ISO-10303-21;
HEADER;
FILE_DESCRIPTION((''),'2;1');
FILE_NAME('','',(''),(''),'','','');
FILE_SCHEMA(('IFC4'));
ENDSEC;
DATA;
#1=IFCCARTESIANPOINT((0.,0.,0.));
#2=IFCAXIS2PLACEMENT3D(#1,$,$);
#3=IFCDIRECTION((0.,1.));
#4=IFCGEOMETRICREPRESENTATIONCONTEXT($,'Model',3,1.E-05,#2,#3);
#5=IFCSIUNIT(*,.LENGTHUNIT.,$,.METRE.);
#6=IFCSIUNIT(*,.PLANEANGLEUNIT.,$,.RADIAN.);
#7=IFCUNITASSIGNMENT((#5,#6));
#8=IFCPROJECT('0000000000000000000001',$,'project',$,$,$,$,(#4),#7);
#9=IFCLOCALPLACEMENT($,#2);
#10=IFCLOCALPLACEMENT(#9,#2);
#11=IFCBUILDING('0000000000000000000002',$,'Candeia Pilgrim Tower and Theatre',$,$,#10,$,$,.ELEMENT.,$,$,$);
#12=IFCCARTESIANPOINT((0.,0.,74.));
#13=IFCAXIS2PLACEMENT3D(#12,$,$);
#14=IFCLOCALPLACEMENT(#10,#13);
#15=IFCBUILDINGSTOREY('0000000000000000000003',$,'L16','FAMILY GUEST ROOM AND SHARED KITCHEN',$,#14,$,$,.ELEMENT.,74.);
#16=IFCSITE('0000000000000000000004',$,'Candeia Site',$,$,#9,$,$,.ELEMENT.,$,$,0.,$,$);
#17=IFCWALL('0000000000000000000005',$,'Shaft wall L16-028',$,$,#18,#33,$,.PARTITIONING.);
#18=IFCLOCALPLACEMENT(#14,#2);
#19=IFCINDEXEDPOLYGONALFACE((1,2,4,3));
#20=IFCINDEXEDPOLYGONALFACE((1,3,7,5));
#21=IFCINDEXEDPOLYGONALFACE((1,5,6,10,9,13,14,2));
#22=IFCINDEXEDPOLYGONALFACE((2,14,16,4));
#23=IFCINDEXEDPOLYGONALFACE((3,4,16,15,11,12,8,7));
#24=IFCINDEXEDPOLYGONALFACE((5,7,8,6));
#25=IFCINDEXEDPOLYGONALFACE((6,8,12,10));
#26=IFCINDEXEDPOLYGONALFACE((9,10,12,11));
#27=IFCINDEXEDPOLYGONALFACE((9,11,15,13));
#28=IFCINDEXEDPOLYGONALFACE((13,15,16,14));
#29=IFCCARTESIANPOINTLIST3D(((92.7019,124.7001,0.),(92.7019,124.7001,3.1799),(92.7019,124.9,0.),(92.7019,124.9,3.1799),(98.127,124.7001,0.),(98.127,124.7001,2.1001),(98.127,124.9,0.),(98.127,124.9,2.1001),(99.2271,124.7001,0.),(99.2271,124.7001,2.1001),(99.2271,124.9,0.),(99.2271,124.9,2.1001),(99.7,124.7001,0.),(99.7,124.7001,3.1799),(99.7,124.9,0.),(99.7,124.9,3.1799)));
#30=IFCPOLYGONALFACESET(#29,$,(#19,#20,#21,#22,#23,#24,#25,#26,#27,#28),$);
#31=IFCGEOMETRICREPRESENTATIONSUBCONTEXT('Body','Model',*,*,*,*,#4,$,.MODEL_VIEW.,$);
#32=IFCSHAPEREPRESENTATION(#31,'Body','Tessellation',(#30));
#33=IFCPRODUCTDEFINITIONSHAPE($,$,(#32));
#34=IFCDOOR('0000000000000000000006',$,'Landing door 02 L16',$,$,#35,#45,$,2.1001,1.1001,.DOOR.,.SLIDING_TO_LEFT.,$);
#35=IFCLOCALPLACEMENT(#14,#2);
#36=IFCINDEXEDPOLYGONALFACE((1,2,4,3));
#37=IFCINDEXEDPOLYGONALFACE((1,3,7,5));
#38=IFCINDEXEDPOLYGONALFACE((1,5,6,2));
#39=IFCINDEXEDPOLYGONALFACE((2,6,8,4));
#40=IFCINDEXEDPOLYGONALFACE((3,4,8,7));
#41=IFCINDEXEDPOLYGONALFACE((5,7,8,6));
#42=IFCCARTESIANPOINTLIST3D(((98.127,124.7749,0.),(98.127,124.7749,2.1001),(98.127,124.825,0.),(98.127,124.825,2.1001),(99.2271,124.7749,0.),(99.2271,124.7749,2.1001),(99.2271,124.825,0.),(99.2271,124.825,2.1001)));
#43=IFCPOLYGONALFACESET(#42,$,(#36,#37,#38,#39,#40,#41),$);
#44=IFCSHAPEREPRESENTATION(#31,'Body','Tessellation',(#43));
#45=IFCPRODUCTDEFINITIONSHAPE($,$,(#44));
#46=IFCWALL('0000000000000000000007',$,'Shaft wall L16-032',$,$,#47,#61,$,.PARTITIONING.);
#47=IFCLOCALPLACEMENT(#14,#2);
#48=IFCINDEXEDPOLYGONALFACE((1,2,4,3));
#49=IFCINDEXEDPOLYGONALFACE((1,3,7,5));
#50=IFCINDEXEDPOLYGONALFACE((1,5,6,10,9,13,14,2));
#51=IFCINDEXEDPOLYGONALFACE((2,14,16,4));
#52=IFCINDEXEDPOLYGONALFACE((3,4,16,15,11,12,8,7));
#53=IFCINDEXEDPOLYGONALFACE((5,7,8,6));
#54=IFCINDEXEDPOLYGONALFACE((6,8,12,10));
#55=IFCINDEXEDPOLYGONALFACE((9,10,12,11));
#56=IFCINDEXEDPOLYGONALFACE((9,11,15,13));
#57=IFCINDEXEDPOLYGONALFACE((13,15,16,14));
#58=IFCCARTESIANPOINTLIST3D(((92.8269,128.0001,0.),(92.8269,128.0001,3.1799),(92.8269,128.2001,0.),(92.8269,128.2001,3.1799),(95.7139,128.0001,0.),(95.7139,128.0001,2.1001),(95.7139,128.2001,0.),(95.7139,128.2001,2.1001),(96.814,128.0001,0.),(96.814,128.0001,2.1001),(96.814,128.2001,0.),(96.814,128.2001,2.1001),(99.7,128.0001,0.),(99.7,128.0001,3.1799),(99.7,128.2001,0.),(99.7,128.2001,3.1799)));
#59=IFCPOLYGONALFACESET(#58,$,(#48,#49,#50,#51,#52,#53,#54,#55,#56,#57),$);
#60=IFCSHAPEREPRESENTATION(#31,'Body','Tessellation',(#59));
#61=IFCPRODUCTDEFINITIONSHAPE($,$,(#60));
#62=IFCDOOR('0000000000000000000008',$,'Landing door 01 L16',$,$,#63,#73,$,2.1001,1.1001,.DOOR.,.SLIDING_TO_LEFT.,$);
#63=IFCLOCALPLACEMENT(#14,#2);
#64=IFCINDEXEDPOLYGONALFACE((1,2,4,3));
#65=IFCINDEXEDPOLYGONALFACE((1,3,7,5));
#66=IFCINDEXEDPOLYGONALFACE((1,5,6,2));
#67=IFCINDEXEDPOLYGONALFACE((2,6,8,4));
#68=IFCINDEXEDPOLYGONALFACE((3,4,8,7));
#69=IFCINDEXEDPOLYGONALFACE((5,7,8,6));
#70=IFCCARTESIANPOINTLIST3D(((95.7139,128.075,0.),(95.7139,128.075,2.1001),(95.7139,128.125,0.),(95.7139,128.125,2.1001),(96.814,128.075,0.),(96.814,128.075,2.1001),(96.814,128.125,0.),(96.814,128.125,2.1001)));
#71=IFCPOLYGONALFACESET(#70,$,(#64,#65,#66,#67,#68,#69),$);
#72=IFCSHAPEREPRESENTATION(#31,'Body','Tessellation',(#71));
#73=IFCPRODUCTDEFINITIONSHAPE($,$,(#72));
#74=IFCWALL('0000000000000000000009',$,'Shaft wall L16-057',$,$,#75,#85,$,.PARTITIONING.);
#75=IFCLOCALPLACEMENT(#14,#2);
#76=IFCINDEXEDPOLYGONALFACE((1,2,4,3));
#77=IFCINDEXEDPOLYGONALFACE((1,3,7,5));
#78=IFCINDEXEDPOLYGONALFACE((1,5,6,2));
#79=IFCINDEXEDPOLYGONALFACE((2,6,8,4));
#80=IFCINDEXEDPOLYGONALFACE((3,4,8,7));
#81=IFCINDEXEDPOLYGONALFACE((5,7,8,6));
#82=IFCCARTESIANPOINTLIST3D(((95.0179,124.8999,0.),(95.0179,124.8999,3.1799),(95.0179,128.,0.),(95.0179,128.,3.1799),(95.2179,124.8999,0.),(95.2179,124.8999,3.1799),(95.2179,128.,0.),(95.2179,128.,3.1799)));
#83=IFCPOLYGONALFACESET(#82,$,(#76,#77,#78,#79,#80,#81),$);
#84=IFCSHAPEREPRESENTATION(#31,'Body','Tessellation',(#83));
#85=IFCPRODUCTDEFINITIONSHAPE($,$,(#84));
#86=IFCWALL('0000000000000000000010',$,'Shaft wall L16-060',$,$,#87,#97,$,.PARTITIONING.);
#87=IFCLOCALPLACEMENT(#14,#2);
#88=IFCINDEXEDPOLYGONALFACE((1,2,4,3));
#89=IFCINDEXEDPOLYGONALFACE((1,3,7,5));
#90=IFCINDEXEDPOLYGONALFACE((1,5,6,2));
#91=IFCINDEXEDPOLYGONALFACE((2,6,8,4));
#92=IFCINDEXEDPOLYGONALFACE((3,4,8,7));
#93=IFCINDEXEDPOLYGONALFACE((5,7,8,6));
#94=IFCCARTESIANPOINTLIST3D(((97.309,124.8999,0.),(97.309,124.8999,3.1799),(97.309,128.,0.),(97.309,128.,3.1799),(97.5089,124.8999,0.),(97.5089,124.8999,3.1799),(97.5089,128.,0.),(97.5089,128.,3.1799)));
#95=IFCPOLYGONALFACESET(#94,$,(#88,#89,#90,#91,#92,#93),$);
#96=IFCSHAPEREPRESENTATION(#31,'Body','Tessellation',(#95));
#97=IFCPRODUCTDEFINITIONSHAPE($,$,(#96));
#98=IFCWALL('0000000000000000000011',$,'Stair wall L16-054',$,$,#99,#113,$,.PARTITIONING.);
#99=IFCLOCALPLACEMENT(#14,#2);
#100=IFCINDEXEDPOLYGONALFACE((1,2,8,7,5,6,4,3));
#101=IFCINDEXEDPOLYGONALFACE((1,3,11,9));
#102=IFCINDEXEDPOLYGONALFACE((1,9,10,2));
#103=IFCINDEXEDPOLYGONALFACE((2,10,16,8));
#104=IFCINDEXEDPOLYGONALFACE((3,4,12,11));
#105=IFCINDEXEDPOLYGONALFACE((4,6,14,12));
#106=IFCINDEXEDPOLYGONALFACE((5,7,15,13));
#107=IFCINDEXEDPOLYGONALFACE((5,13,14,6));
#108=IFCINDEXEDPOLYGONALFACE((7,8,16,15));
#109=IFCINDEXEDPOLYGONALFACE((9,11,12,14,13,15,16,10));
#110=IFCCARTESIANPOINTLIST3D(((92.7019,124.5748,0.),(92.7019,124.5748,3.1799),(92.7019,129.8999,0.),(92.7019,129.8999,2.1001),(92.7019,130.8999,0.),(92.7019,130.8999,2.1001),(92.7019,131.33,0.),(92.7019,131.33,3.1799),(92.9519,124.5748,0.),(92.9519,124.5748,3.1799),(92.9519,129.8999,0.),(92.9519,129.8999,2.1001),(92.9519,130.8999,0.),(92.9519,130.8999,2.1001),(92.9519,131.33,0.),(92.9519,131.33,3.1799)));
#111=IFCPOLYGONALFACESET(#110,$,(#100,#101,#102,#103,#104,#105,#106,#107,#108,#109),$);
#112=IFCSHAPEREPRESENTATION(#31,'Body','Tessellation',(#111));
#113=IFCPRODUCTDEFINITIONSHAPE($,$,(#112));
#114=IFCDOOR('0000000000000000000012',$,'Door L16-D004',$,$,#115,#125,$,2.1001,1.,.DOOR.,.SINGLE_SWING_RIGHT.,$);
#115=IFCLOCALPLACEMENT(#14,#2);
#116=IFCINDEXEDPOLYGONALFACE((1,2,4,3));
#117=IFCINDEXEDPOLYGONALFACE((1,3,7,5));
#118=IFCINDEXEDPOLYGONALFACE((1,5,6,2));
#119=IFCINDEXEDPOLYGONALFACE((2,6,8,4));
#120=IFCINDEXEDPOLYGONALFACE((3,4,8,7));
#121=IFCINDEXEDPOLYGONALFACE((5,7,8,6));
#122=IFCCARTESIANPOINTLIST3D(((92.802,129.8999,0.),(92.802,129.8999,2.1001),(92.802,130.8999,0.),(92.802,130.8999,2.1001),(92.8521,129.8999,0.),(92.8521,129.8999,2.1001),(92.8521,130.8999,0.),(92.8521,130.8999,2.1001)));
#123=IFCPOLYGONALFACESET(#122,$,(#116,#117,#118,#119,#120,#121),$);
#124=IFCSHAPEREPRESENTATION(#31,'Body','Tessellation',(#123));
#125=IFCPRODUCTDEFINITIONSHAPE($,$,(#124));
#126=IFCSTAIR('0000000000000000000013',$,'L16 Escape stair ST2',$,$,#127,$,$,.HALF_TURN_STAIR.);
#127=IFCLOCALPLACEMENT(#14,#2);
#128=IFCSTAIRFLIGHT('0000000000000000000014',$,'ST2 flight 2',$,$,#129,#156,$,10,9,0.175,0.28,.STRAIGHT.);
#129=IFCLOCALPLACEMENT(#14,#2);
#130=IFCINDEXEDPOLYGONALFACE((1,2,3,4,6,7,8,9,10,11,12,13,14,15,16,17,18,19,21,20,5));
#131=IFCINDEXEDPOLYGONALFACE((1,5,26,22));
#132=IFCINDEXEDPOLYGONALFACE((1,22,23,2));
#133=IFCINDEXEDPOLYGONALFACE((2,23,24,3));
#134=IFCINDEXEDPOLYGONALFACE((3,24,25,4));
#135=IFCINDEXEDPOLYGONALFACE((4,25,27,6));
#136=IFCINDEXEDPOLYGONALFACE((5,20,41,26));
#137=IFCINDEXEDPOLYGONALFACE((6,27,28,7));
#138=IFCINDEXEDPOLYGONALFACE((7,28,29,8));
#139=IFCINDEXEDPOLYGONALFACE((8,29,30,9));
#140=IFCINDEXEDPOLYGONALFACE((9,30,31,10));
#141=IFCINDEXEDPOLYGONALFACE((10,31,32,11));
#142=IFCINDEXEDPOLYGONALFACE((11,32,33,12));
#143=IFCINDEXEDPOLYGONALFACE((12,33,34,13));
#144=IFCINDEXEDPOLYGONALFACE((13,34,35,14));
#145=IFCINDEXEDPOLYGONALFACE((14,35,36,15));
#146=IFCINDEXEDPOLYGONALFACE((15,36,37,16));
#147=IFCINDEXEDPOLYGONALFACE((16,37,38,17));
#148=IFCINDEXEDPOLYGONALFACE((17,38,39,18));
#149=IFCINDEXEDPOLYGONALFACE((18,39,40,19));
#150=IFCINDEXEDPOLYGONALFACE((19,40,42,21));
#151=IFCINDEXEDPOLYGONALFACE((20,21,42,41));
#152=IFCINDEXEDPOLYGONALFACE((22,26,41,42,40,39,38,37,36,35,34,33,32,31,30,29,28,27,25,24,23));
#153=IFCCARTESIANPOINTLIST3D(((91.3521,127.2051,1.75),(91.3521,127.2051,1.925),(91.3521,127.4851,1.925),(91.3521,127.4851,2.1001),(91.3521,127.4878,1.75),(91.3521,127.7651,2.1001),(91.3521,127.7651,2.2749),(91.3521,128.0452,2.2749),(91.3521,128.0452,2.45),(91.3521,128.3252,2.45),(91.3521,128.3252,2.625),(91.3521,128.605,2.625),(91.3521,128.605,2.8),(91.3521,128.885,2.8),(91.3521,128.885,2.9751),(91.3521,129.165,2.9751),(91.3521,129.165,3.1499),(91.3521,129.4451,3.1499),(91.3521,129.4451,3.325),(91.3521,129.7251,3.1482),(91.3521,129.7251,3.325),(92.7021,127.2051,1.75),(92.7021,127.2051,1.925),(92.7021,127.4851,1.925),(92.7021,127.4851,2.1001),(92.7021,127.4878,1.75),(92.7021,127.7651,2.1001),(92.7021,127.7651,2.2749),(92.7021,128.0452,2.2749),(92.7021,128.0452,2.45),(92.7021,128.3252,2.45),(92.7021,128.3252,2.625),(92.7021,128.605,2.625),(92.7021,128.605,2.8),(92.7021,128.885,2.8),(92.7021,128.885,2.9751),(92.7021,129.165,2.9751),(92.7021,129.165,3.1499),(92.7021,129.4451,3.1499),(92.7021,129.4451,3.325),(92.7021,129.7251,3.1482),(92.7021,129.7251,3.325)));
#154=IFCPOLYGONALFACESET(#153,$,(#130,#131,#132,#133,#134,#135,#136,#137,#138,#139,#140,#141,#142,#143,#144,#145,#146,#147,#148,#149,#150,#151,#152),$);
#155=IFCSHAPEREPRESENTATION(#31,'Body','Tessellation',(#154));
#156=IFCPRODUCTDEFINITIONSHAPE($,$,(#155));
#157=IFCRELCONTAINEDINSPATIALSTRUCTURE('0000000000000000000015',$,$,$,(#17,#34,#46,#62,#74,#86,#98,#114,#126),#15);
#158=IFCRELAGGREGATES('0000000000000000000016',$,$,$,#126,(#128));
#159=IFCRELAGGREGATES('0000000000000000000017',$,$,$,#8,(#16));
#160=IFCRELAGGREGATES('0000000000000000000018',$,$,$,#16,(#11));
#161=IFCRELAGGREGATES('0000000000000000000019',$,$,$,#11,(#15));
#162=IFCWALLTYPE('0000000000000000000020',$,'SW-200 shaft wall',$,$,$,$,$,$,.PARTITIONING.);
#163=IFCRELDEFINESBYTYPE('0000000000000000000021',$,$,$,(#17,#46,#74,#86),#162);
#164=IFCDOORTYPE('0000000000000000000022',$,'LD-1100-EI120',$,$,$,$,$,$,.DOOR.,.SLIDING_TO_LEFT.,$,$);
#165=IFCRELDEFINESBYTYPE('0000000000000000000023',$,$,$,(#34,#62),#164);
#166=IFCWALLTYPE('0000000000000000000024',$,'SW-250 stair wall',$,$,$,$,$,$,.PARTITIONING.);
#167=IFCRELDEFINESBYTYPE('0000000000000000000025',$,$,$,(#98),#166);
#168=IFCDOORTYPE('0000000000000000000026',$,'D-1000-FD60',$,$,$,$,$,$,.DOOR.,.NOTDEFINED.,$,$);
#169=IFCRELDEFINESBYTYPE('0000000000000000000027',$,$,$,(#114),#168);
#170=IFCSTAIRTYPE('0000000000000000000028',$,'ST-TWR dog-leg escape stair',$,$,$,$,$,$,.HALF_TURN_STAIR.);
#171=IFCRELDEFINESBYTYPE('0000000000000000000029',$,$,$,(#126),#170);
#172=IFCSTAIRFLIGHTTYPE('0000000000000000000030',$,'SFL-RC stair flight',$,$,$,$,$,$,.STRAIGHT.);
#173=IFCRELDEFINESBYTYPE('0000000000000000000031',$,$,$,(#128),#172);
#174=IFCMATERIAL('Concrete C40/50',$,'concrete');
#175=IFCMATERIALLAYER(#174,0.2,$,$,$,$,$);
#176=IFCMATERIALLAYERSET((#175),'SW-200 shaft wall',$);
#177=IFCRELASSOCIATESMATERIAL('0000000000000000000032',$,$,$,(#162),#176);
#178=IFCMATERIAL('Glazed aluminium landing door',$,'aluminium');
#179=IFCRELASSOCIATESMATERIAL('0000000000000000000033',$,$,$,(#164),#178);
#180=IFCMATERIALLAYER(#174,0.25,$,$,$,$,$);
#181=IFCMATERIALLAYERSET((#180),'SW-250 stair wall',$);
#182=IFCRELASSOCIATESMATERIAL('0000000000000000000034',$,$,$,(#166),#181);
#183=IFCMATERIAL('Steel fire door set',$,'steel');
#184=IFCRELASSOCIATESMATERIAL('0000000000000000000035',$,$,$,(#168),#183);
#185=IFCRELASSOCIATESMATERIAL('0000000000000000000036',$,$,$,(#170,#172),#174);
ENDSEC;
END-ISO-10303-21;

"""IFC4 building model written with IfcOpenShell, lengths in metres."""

from ifc_helpers import new_model, si_unit, direction, frame, frame_2d, origin, place, context, subcontext, project, spatial, polyline, rectangle, outline, extrude, material, layer, layer_set, type_object, element, fill, aggregate, save


model = new_model("IFC4")

# Units and contexts
model_context = context("Model", 3, precision=1e-05, world=origin(), true_north=direction((0.0, 1.0)))
body_context = subcontext(model_context, "Body", "Model", "MODEL_VIEW")
ifc_project = project(units=[si_unit("LENGTHUNIT", "METRE"), si_unit("PLANEANGLEUNIT", "RADIAN")], contexts=[model_context])

# Site, building, storey
site_placement = place(None, origin())
site = spatial("IfcSite", under=ifc_project, at=site_placement, Name="Candeia Site", CompositionType="ELEMENT", RefElevation=0.0)
building_placement = place(site_placement, origin())
building = spatial("IfcBuilding", under=site, at=building_placement, Name="Candeia Pilgrim Tower and Theatre", CompositionType="ELEMENT")
storey_placement = place(building_placement, frame((0.0, 0.0, 74.0)))
storey = spatial("IfcBuildingStorey", under=building, at=storey_placement, Name="L16", Description="FAMILY GUEST ROOM AND SHARED KITCHEN", CompositionType="ELEMENT", Elevation=74.0)

# Shared definitions
ifc_material_1 = material(Name="Steel fire door set", Category="steel")

# Shared definitions
ifc_material_2 = material(Name="Concrete C40/50", Category="concrete")
ifc_layer_1 = layer(ifc_material_2, 0.2)
ifc_layer_set_1 = layer_set([ifc_layer_1], Name="SW-200 shaft wall")
wall_type_1 = type_object("IfcWallType", Name="SW-200 shaft wall", PredefinedType="PARTITIONING", material=ifc_layer_set_1)

# Walls, openings, doors
wall_1_placement = place(storey_placement, frame((92.7019, 124.8, 0.0), z_axis=(0.0, 0.0, 1.0), x_axis=(1.0, 0.0, 0.0)))
wall_1 = element("IfcWall", 1, at=wall_1_placement, inside=storey, type_object=wall_type_1, Name="Shaft wall L16-028", PredefinedType="PARTITIONING", context=body_context, shape_type="SweptSolid", body=[
    extrude(rectangle(XDim=6.998, YDim=0.2, at=frame_2d((3.499, 0.0))), origin(), (0.0, 0.0, 1.0), 3.1799),
])
opening_1_placement = place(wall_1_placement, frame((5.425, 0.0, 0.0)))
opening_1 = element("IfcOpeningElement", 2, at=opening_1_placement, cuts=wall_1, PredefinedType="OPENING", context=body_context, shape_type="SweptSolid", body=[
    extrude(rectangle(XDim=1.1001, YDim=2.1001, at=frame_2d((0.55, 1.05))), frame((0.0, 0.1099, 0.0), z_axis=(0.0, -1.0, 0.0), x_axis=(1.0, 0.0, 0.0)), (0.0, 0.0, 1.0), 0.22),
])
ifc_material_3 = material(Name="Glazed aluminium landing door", Category="aluminium")
door_type_1 = type_object("IfcDoorType", Name="LD-1100-EI120", OperationType="SLIDING_TO_LEFT", PredefinedType="DOOR", material=ifc_material_3)
door_1_placement = place(opening_1_placement, origin())
door_1 = element("IfcDoor", 3, at=door_1_placement, inside=storey, type_object=door_type_1, Name="Landing door 02 L16", OperationType="SLIDING_TO_LEFT", OverallHeight=2.1001, OverallWidth=1.1001, PredefinedType="DOOR", context=body_context, shape_type="SweptSolid", body=[
    extrude(rectangle(XDim=1.1001, YDim=2.1001, at=frame_2d((0.55, 1.05))), frame((0.0, 0.0249, 0.0), z_axis=(0.0, -1.0, 0.0), x_axis=(1.0, 0.0, 0.0)), (0.0, 0.0, 1.0), 0.05),
])
fill(opening_1, door_1)
wall_2_placement = place(storey_placement, frame((92.8269, 128.1001, 0.0), z_axis=(0.0, 0.0, 1.0), x_axis=(1.0, 0.0, 0.0)))
wall_2 = element("IfcWall", 4, at=wall_2_placement, inside=storey, type_object=wall_type_1, Name="Shaft wall L16-032", PredefinedType="PARTITIONING", context=body_context, shape_type="SweptSolid", body=[
    extrude(rectangle(XDim=6.873, YDim=0.2, at=frame_2d((3.4365, 0.0))), origin(), (0.0, 0.0, 1.0), 3.1799),
])
opening_2_placement = place(wall_2_placement, frame((2.887, 0.0, 0.0)))
opening_2 = element("IfcOpeningElement", 5, at=opening_2_placement, cuts=wall_2, PredefinedType="OPENING", context=body_context, shape_type="SweptSolid", body=[
    extrude(rectangle(XDim=1.1001, YDim=2.1001, at=frame_2d((0.55, 1.05))), frame((0.0, 0.1099, 0.0), z_axis=(0.0, -1.0, 0.0), x_axis=(1.0, 0.0, 0.0)), (0.0, 0.0, 1.0), 0.22),
])
door_2_placement = place(opening_2_placement, origin())
door_2 = element("IfcDoor", 6, at=door_2_placement, inside=storey, type_object=door_type_1, Name="Landing door 01 L16", OperationType="SLIDING_TO_LEFT", OverallHeight=2.1001, OverallWidth=1.1001, PredefinedType="DOOR", context=body_context, shape_type="SweptSolid", body=[
    extrude(rectangle(XDim=1.1001, YDim=2.1001, at=frame_2d((0.55, 1.05))), frame((0.0, 0.0249, 0.0), z_axis=(0.0, -1.0, 0.0), x_axis=(1.0, 0.0, 0.0)), (0.0, 0.0, 1.0), 0.05),
])
fill(opening_2, door_2)

# Walls
for number, where, z_axis, x_axis, name in (
    (7, (95.1179, 124.8999, 0.0), (0.0, 0.0, 1.0), (0.0, 1.0, 0.0), "Shaft wall L16-057"),
    (8, (97.4089, 124.8999, 0.0), (0.0, 0.0, 1.0), (0.0, 1.0, 0.0), "Shaft wall L16-060"),
):
    element("IfcWall", number, at=place(storey_placement, frame(where, z_axis=z_axis, x_axis=x_axis)), inside=storey, type_object=wall_type_1, Name=name, PredefinedType="PARTITIONING", context=body_context, shape_type="SweptSolid", body=[
        extrude(rectangle(XDim=3.1001, YDim=0.2, at=frame_2d((1.55, 0.0))), origin(), (0.0, 0.0, 1.0), 3.1799),
    ])

# Wall, opening, door
ifc_layer_2 = layer(ifc_material_2, 0.25)
ifc_layer_set_2 = layer_set([ifc_layer_2], Name="SW-250 stair wall")
wall_type_2 = type_object("IfcWallType", Name="SW-250 stair wall", PredefinedType="PARTITIONING", material=ifc_layer_set_2)
wall_3_placement = place(storey_placement, frame((92.8269, 124.575, 0.0), z_axis=(0.0, 0.0, 1.0), x_axis=(0.0, 1.0, 0.0)))
wall_3 = element("IfcWall", 9, at=wall_3_placement, inside=storey, type_object=wall_type_2, Name="Stair wall L16-054", PredefinedType="PARTITIONING", context=body_context, shape_type="SweptSolid", body=[
    extrude(rectangle(XDim=6.7551, YDim=0.25, at=frame_2d((3.3774, 0.0))), origin(), (0.0, 0.0, 1.0), 3.1799),
])
opening_3_placement = place(wall_3_placement, frame((5.325, 0.0, 0.0)))
opening_3 = element("IfcOpeningElement", 10, at=opening_3_placement, cuts=wall_3, PredefinedType="OPENING", context=body_context, shape_type="SweptSolid", body=[
    extrude(rectangle(XDim=1.0, YDim=2.1001, at=frame_2d((0.5, 1.05))), frame((0.0, 0.135, 0.0), z_axis=(0.0, -1.0, 0.0), x_axis=(1.0, 0.0, 0.0)), (0.0, 0.0, 1.0), 0.27),
])
door_type_2 = type_object("IfcDoorType", Name="D-1000-FD60", OperationType="NOTDEFINED", PredefinedType="DOOR", material=ifc_material_1)
door_3_placement = place(opening_3_placement, origin())
door_3 = element("IfcDoor", 11, at=door_3_placement, inside=storey, type_object=door_type_2, Name="Door L16-D004", OperationType="SINGLE_SWING_RIGHT", OverallHeight=2.1001, OverallWidth=1.0, PredefinedType="DOOR", context=body_context, shape_type="SweptSolid", body=[
    extrude(rectangle(XDim=1.0, YDim=2.1001, at=frame_2d((0.5, 1.05))), frame((0.0, 0.0249, 0.0), z_axis=(0.0, -1.0, 0.0), x_axis=(1.0, 0.0, 0.0)), (0.0, 0.0, 1.0), 0.05),
])
fill(opening_3, door_3)

# Stair, stair flight
stair_type = type_object("IfcStairType", Name="ST-TWR dog-leg escape stair", PredefinedType="HALF_TURN_STAIR", material=ifc_material_2)
stair_placement = place(storey_placement, origin())
stair = element("IfcStair", 12, at=stair_placement, inside=storey, type_object=stair_type, Name="L16 Escape stair ST2", PredefinedType="HALF_TURN_STAIR")
stair_flight_type = type_object("IfcStairFlightType", Name="SFL-RC stair flight", PredefinedType="STRAIGHT", material=ifc_material_2)
stair_flight_placement = place(storey_placement, frame((92.0271, 127.2051, 1.75), z_axis=(0.0, 0.0, 1.0), x_axis=(0.0, 1.0, 0.0)))
stair_flight = element("IfcStairFlight", 13, at=stair_flight_placement, type_object=stair_flight_type, Name="ST2 flight 2", NumberOfRisers=10, NumberOfTreads=9, PredefinedType="STRAIGHT", RiserHeight=0.175, TreadLength=0.28, context=body_context, shape_type="SweptSolid", body=[
    extrude(outline(polyline([(0.0, 0.0), (0.0, 0.175), (0.28, 0.175), (0.28, 0.3501), (0.5601, 0.3501), (0.5601, 0.5249), (0.8401, 0.5249), (0.8401, 0.7), (1.1201, 0.7), (1.1201, 0.875), (1.3999, 0.875), (1.3999, 1.05), (1.6799, 1.05), (1.6799, 1.2251), (1.96, 1.2251), (1.96, 1.3999), (2.24, 1.3999), (2.24, 1.575), (2.52, 1.575), (2.52, 1.75), (2.52, 1.3982), (0.2827, 0.0), (0.0, 0.0)])), frame((0.0, 0.675, 0.0), z_axis=(0.0, -1.0, 0.0), x_axis=(1.0, 0.0, 0.0)), (0.0, 0.0, 1.0), 1.3501),
])
aggregate(stair, [stair_flight])

save(model, "model.ifc")
